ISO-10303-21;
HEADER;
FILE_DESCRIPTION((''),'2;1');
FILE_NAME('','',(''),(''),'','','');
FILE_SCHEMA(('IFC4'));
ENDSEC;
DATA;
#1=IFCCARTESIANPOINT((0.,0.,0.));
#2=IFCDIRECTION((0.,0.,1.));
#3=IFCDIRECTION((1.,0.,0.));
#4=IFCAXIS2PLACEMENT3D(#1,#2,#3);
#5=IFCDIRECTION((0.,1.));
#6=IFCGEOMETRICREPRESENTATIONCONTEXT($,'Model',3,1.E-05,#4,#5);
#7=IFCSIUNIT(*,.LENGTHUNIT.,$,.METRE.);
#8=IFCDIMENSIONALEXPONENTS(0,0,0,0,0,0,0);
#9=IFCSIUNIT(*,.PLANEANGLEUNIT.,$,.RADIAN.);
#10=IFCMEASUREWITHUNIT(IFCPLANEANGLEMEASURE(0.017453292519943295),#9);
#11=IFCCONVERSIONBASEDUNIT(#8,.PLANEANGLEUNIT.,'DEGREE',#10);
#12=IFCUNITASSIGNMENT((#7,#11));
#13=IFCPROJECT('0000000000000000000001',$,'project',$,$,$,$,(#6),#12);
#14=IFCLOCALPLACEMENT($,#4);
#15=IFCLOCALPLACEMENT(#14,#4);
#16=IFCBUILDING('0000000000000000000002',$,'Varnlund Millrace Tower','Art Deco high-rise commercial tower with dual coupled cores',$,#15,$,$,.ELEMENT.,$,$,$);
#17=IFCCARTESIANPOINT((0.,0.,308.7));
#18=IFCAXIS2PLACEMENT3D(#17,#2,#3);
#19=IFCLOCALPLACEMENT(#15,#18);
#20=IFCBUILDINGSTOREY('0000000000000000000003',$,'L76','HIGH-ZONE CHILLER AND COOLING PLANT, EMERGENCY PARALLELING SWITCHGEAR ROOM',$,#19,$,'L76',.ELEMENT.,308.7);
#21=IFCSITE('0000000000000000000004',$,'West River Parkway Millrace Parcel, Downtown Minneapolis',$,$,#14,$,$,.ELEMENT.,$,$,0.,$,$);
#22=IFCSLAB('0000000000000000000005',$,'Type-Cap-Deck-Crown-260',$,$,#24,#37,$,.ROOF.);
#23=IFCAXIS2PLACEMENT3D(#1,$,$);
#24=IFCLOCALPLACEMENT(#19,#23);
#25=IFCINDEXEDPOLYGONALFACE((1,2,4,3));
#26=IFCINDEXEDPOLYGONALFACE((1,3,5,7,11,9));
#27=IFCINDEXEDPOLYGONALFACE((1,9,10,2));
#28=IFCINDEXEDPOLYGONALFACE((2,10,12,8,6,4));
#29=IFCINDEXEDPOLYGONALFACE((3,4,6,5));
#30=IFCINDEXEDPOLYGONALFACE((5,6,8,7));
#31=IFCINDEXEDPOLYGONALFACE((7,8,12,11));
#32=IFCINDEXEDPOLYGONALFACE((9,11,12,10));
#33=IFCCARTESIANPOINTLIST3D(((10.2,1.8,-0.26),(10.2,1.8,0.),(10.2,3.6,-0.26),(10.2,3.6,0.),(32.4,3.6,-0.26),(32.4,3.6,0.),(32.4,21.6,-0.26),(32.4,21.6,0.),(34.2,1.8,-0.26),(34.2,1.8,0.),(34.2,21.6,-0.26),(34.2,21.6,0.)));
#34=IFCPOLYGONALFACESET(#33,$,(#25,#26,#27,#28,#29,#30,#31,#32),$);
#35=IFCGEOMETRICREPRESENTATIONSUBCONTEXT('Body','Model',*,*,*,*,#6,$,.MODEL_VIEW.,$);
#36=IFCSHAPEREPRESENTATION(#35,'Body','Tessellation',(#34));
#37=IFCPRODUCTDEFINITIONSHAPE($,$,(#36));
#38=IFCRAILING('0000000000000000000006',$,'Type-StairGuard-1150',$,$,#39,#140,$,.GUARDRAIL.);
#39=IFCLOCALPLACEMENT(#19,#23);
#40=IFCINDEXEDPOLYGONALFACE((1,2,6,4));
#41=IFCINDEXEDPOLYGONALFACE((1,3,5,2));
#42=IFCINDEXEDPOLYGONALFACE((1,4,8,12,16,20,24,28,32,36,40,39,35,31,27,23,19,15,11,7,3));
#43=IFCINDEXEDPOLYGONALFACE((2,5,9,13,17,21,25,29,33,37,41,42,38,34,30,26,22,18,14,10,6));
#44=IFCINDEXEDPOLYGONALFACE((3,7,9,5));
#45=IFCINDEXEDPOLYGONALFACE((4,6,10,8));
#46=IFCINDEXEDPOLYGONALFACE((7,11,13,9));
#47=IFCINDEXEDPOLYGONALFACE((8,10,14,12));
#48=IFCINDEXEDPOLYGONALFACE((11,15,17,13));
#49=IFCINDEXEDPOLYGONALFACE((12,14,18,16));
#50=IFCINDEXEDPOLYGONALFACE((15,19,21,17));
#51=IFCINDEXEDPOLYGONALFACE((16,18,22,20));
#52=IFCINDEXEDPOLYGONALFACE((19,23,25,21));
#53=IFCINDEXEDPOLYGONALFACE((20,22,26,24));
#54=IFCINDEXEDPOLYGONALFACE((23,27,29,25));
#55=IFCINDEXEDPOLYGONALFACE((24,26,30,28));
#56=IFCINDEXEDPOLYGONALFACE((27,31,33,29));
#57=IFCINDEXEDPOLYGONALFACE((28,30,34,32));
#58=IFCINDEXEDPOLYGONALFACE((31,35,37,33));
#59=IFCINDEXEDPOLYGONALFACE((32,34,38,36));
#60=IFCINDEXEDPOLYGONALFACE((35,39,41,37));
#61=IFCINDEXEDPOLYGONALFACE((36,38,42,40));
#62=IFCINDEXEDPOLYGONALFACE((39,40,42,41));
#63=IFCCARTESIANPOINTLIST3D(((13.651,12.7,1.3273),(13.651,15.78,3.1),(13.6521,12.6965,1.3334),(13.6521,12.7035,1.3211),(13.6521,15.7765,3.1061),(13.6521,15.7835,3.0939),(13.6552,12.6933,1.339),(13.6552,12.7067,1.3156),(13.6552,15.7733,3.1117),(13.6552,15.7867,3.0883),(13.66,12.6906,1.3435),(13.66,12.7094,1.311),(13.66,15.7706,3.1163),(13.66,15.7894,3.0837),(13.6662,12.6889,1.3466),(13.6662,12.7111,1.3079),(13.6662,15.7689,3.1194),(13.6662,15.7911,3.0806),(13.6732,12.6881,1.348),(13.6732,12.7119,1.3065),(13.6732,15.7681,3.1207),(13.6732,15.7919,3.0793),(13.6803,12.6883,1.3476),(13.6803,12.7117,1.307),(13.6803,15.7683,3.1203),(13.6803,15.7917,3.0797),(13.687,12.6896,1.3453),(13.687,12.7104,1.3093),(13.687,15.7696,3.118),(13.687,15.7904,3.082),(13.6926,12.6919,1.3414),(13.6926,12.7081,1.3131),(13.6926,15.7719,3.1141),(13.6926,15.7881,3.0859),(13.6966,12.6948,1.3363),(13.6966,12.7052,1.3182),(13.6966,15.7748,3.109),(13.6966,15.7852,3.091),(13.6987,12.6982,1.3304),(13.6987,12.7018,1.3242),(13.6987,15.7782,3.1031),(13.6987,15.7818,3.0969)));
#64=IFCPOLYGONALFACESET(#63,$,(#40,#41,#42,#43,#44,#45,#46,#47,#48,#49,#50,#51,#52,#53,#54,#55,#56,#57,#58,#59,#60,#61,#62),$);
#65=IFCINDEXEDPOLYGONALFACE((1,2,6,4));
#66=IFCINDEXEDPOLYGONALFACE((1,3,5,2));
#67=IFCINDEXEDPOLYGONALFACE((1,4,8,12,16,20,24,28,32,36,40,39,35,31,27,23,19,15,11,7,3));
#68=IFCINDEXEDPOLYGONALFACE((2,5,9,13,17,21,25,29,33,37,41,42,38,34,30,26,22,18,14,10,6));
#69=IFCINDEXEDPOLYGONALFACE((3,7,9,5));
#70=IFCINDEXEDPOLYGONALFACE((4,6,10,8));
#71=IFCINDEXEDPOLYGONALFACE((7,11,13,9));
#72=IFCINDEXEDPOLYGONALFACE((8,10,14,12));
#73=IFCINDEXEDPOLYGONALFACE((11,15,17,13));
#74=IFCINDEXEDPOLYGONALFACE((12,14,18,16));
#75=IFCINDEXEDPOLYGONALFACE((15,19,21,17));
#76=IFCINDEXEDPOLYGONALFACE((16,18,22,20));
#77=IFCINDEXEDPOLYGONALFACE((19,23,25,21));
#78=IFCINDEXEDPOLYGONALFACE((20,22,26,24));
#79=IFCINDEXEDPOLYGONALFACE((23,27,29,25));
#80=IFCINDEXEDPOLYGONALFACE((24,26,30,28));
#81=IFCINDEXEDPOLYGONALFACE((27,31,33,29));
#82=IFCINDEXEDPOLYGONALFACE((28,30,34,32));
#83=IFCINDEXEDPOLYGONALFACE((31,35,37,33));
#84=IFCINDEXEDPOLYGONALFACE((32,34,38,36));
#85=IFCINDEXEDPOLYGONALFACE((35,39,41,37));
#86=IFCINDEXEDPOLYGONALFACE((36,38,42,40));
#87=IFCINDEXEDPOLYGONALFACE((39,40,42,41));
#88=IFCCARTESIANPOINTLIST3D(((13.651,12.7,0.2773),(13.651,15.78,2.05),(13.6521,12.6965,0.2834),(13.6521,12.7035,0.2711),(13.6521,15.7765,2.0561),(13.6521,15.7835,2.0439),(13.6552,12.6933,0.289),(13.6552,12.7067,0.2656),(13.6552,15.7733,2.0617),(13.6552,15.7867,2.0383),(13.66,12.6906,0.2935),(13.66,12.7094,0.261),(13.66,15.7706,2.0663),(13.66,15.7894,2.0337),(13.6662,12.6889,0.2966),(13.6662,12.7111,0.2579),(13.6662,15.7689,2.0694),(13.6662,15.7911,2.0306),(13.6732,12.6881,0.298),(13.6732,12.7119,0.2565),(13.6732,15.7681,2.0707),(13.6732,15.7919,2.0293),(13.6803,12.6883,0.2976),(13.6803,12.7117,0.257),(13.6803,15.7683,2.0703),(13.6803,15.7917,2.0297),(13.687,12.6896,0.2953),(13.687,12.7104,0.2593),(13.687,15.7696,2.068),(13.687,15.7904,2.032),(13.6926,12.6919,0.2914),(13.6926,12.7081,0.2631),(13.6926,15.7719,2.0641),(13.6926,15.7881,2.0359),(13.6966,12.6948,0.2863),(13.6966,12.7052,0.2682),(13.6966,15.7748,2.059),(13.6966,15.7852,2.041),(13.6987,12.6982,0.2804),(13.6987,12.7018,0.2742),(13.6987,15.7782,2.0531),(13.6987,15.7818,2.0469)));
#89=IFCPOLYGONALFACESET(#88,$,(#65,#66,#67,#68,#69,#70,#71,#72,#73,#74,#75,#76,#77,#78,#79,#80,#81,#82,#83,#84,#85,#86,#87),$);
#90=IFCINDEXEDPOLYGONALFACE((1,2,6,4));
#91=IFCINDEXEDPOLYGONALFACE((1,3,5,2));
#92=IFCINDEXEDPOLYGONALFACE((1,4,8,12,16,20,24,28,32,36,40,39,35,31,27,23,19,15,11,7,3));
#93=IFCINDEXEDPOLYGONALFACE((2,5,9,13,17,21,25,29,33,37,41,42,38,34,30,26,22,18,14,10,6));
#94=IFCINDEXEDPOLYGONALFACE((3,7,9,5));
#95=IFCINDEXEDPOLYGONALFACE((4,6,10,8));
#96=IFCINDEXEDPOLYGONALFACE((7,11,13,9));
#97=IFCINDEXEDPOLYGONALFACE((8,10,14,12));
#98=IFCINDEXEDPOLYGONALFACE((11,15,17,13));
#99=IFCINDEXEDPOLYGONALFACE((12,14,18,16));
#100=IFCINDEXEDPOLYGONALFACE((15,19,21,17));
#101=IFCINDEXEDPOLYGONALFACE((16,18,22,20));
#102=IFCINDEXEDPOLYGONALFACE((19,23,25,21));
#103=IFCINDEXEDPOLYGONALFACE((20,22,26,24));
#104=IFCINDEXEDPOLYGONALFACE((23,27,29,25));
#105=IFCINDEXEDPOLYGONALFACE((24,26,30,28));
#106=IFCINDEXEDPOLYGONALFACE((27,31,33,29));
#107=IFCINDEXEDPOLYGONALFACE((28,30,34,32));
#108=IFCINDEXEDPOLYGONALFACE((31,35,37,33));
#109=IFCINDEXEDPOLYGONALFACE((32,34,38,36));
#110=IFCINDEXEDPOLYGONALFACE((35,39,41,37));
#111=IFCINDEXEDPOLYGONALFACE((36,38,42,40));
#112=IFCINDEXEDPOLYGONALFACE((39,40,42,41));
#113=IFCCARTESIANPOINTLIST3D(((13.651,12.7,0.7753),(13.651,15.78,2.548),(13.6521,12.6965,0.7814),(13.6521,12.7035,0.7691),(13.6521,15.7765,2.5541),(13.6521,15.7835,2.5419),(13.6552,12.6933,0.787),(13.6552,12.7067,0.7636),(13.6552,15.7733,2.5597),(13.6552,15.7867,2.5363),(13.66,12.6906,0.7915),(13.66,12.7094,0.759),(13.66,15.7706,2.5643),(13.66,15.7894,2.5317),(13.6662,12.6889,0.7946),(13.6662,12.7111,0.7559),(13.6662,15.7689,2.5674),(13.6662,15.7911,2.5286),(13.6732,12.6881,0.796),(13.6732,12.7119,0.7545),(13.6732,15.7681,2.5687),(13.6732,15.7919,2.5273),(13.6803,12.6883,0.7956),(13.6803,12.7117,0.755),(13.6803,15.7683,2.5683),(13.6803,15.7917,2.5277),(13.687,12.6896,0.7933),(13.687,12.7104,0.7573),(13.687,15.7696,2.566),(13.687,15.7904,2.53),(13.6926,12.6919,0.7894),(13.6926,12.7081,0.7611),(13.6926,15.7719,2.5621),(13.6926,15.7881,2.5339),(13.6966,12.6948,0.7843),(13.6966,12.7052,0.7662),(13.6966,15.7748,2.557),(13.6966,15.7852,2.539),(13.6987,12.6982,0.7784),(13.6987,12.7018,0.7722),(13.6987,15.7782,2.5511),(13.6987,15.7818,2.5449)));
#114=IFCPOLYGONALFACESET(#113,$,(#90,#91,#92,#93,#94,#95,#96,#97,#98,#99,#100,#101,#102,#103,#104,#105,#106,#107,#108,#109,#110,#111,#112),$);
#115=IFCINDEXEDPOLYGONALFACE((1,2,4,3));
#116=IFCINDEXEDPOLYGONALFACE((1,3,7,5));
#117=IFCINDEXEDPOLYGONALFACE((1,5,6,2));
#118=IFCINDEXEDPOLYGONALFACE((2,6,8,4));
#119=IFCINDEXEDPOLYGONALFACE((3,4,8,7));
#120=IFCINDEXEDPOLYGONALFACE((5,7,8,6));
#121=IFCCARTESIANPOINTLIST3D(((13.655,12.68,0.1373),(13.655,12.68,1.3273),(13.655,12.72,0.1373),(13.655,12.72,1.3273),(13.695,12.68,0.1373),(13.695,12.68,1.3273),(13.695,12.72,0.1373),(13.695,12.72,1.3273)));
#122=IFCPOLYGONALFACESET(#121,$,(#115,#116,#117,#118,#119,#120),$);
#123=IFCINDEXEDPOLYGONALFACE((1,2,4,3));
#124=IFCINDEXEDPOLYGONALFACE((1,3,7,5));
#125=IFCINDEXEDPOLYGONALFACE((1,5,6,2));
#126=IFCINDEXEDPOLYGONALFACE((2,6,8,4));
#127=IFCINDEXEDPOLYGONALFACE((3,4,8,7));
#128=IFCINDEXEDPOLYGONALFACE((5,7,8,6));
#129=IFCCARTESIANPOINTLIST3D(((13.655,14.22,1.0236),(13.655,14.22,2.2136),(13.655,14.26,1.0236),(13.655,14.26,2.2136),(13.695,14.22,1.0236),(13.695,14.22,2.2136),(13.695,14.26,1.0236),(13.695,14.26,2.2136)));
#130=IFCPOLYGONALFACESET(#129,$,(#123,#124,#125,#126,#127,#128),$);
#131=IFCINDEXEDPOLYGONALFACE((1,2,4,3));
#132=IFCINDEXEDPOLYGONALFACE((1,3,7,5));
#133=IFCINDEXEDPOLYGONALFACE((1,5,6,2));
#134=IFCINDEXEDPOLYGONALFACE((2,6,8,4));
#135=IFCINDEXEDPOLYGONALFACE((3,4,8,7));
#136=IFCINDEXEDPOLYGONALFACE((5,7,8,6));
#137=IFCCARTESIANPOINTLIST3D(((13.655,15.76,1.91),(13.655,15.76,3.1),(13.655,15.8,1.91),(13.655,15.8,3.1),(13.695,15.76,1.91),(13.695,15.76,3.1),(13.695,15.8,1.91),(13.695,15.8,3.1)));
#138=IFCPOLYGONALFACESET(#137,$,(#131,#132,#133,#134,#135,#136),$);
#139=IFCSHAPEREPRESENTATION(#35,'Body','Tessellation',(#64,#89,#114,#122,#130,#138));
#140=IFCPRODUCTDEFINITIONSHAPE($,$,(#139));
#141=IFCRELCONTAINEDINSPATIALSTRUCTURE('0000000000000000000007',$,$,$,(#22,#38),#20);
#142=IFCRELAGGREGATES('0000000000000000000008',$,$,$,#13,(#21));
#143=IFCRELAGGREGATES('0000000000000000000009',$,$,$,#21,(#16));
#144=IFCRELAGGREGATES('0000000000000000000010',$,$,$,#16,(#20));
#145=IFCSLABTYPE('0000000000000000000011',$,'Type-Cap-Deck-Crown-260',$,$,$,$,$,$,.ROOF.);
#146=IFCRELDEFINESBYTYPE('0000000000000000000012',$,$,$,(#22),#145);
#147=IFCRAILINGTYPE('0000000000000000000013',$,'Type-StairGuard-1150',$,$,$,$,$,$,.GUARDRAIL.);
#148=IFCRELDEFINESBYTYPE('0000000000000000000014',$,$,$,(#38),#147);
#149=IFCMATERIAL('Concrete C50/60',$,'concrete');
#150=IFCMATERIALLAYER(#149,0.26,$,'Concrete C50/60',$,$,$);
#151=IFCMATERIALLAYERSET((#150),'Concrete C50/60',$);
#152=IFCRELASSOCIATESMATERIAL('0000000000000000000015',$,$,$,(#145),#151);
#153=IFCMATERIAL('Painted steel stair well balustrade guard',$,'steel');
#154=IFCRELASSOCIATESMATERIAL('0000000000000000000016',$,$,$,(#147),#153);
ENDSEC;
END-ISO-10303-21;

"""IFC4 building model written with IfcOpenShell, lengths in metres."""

from ifc_helpers import new_model, entity, si_unit, converted_unit, direction, frame, origin_with_axes, origin_2d_with_axis, place, context, subcontext, project, spatial, polyline, rectangle, circle, outline, extrude, material, layer, layer_set, type_object, element, save


model = new_model("IFC4")

# Units and contexts
model_context = context("Model", 3, precision=1e-05, world=origin_with_axes(), true_north=direction((0.0, 1.0)))
body_context = subcontext(model_context, "Body", "Model", "MODEL_VIEW")
ifc_project = project(units=[si_unit("LENGTHUNIT", "METRE"), converted_unit("PLANEANGLEUNIT", "DEGREE", entity("IfcPlaneAngleMeasure", 0.017453292519943295), si_unit("PLANEANGLEUNIT", "RADIAN"), dimensions=[0, 0, 0, 0, 0, 0, 0])], contexts=[model_context])

# Site, building, storey
site_placement = place(None, origin_with_axes())
site = spatial("IfcSite", under=ifc_project, at=site_placement, Name="West River Parkway Millrace Parcel, Downtown Minneapolis", CompositionType="ELEMENT", RefElevation=0.0)
building_placement = place(site_placement, origin_with_axes())
building = spatial("IfcBuilding", under=site, at=building_placement, Name="Varnlund Millrace Tower", Description="Art Deco high-rise commercial tower with dual coupled cores", CompositionType="ELEMENT")
storey_placement = place(building_placement, frame((0.0, 0.0, 308.7), z_axis=(0.0, 0.0, 1.0), x_axis=(1.0, 0.0, 0.0)))
storey = spatial("IfcBuildingStorey", under=building, at=storey_placement, Name="L76", Description="HIGH-ZONE CHILLER AND COOLING PLANT, EMERGENCY PARALLELING SWITCHGEAR ROOM", LongName="L76", CompositionType="ELEMENT", Elevation=308.7)

# Slab
ifc_material_1 = material(Name="Concrete C50/60", Category="concrete")
ifc_layer = layer(ifc_material_1, 0.26, Name="Concrete C50/60")
ifc_layer_set = layer_set([ifc_layer], Name="Concrete C50/60")
slab_type = type_object("IfcSlabType", Name="Type-Cap-Deck-Crown-260", PredefinedType="ROOF", material=ifc_layer_set)
slab_placement = place(storey_placement, frame((0.0, 0.0, -0.26), z_axis=(0.0, 0.0, 1.0), x_axis=(1.0, 0.0, 0.0)))
element("IfcSlab", 1, at=slab_placement, inside=storey, type_object=slab_type, Name="Type-Cap-Deck-Crown-260", PredefinedType="ROOF", context=body_context, shape_type="SweptSolid", body=[
    extrude(outline(polyline([(34.2, 21.6), (32.4, 21.6), (32.4, 3.6), (10.2, 3.6), (10.2, 1.8), (34.2, 1.8), (34.2, 21.6)])), origin_with_axes(), (0.0, 0.0, 1.0), 0.26),
])

# Railing
ifc_material_2 = material(Name="Painted steel stair well balustrade guard", Category="steel")
railing_type_1 = type_object("IfcRailingType", Name="Type-StairGuard-1150", PredefinedType="GUARDRAIL", material=ifc_material_2)
railing_1_placement = place(storey_placement, frame((0.0, 0.0, -308.7), z_axis=(0.0, 0.0, 1.0), x_axis=(1.0, 0.0, 0.0)))
element("IfcRailing", 2, at=railing_1_placement, inside=storey, type_object=railing_type_1, Name="Type-StairGuard-1150", PredefinedType="GUARDRAIL", context=body_context, shape_type="SweptSolid", body=[
    extrude(circle(Radius=0.024, at=origin_2d_with_axis()), frame((13.675, 12.7, 310.0273), z_axis=(0.0, 0.866696, 0.498836), x_axis=(-1.0, 0.0, 0.0)), (0.0, 0.0, 1.0), 3.5537),
    extrude(circle(Radius=0.024, at=origin_2d_with_axis()), frame((13.675, 12.7, 308.9773), z_axis=(0.0, 0.866696, 0.498836), x_axis=(-1.0, 0.0, 0.0)), (0.0, 0.0, 1.0), 3.5537),
    extrude(circle(Radius=0.024, at=origin_2d_with_axis()), frame((13.675, 12.7, 309.4753), z_axis=(0.0, 0.866696, 0.498836), x_axis=(-1.0, 0.0, 0.0)), (0.0, 0.0, 1.0), 3.5537),
    extrude(rectangle(XDim=0.04, YDim=0.04, at=origin_2d_with_axis()), frame((13.675, 12.7, 308.8373), z_axis=(0.0, 0.0, 1.0), x_axis=(1.0, 0.0, 0.0)), (0.0, 0.0, 1.0), 1.19),
    extrude(rectangle(XDim=0.04, YDim=0.04, at=origin_2d_with_axis()), frame((13.675, 14.24, 309.7236), z_axis=(0.0, 0.0, 1.0), x_axis=(1.0, 0.0, 0.0)), (0.0, 0.0, 1.0), 1.19),
    extrude(rectangle(XDim=0.04, YDim=0.04, at=origin_2d_with_axis()), frame((13.675, 15.78, 310.61), z_axis=(0.0, 0.0, 1.0), x_axis=(1.0, 0.0, 0.0)), (0.0, 0.0, 1.0), 1.19),
])

save(model, "model.ifc")
